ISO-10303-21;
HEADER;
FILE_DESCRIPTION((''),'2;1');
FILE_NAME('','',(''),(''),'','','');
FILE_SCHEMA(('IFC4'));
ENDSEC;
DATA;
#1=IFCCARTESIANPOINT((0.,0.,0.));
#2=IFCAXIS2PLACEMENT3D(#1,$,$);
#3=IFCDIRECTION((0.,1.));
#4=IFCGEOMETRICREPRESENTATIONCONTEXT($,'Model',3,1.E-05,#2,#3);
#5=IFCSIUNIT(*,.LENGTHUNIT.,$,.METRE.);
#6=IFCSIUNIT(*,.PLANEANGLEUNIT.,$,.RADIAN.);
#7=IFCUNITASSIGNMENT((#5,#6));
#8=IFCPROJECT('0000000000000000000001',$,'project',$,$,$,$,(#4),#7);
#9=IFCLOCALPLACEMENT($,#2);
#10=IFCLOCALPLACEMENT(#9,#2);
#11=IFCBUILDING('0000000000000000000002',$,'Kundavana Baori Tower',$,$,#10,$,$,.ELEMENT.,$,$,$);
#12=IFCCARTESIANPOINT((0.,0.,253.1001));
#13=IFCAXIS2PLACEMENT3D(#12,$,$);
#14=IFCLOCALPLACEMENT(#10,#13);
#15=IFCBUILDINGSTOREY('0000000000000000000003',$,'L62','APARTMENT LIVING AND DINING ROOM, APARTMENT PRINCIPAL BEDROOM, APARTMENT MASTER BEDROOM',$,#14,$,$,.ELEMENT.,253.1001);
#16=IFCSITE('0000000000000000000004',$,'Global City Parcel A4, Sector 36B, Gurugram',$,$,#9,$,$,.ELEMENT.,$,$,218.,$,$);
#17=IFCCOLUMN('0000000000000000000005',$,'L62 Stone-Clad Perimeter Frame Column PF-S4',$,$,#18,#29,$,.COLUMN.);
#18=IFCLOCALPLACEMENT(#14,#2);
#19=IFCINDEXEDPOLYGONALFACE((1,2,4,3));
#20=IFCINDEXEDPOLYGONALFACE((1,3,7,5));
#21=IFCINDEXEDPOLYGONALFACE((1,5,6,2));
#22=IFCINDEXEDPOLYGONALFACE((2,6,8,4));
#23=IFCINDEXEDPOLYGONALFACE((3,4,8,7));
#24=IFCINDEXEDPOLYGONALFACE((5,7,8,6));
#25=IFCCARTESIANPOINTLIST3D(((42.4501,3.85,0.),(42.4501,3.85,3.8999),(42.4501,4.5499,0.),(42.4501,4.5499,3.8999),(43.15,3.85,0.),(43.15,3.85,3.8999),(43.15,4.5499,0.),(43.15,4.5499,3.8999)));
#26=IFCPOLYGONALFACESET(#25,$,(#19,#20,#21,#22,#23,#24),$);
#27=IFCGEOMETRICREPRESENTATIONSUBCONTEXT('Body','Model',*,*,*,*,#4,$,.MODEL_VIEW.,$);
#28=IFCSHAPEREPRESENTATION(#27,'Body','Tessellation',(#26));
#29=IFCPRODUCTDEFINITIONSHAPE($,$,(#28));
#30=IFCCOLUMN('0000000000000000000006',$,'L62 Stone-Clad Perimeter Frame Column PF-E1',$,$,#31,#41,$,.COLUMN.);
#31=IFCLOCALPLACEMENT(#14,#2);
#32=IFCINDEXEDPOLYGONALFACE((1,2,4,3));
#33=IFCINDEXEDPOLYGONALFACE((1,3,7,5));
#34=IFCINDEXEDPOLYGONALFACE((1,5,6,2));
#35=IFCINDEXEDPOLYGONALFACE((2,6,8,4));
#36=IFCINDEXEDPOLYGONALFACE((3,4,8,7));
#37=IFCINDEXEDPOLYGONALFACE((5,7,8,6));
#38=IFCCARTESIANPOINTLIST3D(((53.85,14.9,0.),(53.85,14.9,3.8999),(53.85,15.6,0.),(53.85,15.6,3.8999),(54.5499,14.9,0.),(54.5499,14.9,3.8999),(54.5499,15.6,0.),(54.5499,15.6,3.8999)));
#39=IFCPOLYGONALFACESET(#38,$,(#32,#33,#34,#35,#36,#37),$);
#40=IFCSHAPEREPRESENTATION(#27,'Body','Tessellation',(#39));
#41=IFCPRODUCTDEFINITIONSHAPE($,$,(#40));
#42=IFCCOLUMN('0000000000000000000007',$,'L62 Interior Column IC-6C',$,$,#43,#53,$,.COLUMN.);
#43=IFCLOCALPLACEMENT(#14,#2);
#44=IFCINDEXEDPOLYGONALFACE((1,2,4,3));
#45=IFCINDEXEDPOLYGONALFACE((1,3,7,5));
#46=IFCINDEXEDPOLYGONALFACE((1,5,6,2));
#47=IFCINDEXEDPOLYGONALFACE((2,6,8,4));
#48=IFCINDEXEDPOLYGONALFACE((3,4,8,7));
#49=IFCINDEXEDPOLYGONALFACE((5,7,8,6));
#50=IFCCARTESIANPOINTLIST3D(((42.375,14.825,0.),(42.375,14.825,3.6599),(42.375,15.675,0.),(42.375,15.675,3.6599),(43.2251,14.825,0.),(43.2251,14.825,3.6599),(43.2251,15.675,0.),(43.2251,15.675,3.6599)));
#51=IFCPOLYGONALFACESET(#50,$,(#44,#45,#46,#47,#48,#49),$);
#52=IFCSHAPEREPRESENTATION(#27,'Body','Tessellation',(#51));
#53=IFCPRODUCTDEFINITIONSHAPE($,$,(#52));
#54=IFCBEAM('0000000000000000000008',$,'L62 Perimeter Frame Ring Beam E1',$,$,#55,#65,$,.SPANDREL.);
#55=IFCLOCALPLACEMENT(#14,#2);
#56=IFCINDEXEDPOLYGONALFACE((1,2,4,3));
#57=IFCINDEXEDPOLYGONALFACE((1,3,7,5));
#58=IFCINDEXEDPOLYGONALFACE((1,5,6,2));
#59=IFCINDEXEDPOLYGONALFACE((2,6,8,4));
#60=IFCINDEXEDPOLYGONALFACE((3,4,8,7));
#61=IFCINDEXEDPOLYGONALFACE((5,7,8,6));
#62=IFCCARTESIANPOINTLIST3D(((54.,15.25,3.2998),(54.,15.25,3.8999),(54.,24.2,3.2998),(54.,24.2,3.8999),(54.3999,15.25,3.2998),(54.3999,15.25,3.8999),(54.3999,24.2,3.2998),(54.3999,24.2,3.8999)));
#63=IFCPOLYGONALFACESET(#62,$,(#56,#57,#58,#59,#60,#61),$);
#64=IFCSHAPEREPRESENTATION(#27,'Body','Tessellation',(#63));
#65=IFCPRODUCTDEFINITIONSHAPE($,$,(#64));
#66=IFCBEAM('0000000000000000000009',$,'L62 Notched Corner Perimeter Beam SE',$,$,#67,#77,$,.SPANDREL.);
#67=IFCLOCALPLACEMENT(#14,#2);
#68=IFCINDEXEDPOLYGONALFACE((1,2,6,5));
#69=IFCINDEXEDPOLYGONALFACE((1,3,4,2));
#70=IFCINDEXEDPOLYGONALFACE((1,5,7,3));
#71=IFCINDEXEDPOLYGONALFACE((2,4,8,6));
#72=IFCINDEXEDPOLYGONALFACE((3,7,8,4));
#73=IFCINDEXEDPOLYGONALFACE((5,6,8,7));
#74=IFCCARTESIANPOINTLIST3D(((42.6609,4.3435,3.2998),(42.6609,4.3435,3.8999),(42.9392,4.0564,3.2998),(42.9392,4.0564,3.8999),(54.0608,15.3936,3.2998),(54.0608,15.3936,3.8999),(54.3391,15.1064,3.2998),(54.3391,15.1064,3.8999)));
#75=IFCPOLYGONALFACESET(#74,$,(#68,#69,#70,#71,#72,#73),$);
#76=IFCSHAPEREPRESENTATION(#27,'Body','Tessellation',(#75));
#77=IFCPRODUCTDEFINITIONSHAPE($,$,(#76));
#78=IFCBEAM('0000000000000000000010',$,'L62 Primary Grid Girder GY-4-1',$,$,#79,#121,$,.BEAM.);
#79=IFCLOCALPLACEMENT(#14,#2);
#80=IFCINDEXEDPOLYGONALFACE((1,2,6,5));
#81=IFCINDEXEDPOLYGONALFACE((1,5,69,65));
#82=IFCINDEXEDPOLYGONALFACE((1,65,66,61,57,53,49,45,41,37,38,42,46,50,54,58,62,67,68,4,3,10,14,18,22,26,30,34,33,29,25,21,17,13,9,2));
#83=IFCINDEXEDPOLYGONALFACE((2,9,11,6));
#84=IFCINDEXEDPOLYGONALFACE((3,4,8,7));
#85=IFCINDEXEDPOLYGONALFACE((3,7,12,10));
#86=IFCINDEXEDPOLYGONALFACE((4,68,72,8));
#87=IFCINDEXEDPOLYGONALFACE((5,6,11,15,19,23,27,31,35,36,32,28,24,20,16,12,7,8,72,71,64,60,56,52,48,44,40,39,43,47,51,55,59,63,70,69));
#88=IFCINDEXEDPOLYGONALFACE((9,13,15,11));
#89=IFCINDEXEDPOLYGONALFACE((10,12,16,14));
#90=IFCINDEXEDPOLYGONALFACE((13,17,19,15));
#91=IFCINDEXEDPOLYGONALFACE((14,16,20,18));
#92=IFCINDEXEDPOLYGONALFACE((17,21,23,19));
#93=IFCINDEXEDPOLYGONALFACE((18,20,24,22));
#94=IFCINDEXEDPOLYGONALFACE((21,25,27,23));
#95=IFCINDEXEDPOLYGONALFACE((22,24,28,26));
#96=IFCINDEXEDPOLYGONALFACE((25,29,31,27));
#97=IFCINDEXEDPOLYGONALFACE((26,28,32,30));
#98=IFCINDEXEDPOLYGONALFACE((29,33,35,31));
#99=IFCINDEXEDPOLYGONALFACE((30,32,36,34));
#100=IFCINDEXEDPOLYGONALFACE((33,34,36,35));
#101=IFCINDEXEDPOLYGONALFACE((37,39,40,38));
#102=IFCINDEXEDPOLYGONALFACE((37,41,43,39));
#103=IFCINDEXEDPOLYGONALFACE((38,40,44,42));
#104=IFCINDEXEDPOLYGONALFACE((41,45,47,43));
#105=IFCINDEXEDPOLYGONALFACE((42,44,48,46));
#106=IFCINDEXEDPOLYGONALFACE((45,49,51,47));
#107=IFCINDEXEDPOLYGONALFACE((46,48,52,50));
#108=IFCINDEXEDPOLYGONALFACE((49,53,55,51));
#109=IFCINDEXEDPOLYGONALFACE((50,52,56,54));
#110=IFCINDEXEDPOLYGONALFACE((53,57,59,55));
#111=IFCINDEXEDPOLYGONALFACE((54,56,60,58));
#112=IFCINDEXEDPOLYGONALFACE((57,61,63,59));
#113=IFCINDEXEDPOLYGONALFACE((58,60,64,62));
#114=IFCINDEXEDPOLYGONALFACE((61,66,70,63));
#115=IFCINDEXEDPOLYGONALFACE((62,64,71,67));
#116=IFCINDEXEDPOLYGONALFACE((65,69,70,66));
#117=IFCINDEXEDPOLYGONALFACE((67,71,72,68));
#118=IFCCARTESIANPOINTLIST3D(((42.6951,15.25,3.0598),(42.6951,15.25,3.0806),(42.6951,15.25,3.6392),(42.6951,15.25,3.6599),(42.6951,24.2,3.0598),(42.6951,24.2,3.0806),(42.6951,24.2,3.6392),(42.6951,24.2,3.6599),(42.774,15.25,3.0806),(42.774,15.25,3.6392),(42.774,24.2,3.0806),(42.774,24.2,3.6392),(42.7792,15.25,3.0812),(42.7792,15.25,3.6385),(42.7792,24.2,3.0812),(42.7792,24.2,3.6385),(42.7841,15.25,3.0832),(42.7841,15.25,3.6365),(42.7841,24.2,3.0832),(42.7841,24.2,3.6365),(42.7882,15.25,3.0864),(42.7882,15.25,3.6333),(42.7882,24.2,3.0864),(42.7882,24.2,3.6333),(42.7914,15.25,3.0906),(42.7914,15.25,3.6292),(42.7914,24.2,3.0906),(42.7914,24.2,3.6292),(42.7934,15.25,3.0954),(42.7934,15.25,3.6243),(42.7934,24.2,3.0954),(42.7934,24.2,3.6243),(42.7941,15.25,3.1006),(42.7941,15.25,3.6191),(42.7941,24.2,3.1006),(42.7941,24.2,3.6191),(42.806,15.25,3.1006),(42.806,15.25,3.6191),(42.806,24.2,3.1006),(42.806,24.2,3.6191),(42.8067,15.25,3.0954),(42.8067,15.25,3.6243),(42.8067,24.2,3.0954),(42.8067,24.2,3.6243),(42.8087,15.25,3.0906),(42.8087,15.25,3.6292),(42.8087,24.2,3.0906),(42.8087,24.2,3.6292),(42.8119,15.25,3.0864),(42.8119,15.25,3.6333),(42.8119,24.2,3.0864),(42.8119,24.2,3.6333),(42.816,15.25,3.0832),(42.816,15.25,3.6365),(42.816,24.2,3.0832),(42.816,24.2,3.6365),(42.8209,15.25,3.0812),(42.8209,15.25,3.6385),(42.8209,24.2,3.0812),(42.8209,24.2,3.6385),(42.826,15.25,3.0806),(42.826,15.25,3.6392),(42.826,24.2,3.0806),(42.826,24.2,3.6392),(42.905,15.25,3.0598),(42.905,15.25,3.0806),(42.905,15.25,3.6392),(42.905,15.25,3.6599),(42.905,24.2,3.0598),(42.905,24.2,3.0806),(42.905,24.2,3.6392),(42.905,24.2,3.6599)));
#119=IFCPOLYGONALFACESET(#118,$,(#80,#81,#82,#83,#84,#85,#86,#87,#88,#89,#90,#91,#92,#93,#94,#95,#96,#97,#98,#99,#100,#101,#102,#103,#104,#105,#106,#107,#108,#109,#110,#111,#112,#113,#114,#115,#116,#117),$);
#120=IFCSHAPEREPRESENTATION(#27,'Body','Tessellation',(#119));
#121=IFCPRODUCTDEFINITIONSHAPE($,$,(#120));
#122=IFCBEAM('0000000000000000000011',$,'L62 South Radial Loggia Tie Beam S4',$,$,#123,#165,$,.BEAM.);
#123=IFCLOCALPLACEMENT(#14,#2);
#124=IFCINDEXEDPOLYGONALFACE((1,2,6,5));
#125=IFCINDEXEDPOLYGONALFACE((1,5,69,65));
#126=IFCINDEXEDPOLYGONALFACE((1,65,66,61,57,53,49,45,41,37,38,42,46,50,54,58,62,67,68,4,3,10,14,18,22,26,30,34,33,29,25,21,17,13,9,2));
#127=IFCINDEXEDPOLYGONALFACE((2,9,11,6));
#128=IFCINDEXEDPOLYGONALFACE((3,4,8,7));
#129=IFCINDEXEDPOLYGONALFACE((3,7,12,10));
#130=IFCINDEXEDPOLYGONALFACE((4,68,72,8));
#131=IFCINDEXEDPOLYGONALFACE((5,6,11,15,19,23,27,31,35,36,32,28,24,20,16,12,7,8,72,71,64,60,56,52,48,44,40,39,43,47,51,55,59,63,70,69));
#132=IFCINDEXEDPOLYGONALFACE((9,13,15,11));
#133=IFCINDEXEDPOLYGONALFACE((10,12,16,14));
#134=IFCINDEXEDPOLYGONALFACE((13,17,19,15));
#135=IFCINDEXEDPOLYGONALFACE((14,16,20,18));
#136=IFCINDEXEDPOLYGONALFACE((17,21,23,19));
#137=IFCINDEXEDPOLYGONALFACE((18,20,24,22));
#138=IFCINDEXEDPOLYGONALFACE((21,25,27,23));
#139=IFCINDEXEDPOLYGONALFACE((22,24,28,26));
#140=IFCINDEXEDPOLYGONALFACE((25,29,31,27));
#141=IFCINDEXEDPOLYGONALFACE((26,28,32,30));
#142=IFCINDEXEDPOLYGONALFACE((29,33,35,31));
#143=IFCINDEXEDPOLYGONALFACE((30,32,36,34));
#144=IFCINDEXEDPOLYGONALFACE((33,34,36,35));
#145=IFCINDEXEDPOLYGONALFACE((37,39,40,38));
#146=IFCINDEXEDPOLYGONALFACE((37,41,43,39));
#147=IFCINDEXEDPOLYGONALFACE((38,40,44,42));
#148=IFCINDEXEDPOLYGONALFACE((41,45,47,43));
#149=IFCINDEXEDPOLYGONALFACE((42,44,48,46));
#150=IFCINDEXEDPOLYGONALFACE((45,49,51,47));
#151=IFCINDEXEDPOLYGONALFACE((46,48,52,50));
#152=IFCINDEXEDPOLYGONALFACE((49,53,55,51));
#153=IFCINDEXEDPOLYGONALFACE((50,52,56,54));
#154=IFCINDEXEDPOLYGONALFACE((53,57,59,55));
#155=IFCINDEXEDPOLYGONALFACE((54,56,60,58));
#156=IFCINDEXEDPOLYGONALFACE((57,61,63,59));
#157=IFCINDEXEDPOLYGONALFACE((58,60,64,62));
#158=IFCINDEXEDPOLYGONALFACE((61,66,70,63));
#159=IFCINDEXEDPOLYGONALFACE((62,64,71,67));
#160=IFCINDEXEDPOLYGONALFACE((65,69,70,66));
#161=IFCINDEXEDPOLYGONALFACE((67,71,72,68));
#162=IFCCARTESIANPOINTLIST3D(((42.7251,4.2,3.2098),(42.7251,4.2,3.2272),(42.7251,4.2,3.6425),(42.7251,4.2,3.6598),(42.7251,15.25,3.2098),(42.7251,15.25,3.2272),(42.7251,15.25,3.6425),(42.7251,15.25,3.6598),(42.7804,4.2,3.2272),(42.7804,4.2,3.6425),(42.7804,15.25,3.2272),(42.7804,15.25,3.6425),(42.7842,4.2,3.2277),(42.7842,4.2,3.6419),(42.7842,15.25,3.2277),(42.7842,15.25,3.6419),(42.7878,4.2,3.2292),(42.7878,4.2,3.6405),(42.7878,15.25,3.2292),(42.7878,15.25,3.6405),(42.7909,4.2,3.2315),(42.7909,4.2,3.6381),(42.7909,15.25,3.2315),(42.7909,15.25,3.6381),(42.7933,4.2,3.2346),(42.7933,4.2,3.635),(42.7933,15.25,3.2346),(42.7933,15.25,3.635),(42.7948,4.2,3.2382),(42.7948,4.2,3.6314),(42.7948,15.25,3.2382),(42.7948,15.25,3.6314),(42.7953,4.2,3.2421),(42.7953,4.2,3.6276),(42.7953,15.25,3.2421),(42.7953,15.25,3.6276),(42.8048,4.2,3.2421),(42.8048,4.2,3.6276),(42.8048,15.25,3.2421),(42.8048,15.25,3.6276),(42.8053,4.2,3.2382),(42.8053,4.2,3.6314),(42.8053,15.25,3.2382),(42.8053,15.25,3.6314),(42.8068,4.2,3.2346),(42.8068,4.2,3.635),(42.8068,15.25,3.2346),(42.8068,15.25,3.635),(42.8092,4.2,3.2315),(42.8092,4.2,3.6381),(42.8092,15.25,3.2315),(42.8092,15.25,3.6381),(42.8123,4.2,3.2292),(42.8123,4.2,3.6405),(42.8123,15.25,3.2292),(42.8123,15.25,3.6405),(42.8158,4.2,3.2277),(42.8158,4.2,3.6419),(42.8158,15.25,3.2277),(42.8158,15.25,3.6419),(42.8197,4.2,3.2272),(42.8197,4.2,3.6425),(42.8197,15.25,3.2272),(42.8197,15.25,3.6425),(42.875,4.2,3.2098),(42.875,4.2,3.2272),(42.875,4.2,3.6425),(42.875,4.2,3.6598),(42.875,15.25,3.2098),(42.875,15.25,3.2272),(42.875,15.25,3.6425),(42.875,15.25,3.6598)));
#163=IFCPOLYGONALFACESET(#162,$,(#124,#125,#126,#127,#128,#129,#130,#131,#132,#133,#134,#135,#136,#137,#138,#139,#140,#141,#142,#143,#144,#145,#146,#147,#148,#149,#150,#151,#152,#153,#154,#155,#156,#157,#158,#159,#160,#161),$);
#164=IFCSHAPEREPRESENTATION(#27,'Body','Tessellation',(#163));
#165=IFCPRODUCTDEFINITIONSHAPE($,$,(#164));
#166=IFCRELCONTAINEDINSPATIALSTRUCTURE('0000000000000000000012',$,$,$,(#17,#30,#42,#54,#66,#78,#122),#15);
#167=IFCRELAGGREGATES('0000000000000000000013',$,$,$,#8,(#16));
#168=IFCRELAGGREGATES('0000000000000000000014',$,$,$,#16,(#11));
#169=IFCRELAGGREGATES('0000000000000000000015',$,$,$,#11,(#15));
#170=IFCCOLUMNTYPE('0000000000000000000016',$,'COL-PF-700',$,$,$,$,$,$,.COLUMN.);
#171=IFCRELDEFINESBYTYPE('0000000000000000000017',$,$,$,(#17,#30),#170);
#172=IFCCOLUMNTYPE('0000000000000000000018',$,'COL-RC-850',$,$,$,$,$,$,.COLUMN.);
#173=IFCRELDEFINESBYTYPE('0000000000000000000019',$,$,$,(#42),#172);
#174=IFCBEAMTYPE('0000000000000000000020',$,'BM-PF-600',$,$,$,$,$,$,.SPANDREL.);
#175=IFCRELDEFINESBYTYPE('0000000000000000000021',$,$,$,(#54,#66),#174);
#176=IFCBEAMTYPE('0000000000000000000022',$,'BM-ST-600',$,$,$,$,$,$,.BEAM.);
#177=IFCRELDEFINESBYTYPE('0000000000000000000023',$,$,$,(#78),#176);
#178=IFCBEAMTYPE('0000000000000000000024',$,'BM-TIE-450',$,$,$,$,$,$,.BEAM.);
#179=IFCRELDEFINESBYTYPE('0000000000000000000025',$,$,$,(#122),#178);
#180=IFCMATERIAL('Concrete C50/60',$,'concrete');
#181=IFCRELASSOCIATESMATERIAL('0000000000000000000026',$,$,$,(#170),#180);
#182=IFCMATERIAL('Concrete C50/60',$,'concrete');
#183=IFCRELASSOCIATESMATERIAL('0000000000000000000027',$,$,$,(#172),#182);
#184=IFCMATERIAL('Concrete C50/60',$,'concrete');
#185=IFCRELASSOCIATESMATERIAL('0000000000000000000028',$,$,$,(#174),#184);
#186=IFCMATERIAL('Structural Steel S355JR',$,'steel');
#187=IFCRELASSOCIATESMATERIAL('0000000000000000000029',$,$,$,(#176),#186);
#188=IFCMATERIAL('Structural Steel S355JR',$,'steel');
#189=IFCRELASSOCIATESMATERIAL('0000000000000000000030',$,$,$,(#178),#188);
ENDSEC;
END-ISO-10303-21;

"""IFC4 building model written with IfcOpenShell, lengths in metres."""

from ifc_helpers import new_model, si_unit, direction, frame, origin, origin_2d, place, context, subcontext, project, spatial, rectangle, i_section, extrude, material, material_profile, profile_set, type_object, element, save


model = new_model("IFC4")

# Units and contexts
model_context = context("Model", 3, precision=1e-05, world=origin(), true_north=direction((0.0, 1.0)))
body_context = subcontext(model_context, "Body", "Model", "MODEL_VIEW")
ifc_project = project(units=[si_unit("LENGTHUNIT", "METRE"), si_unit("PLANEANGLEUNIT", "RADIAN")], contexts=[model_context])

# Site, building, storey
site_placement = place(None, origin())
site = spatial("IfcSite", under=ifc_project, at=site_placement, Name="Global City Parcel A4, Sector 36B, Gurugram", CompositionType="ELEMENT", RefElevation=218.0)
building_placement = place(site_placement, origin())
building = spatial("IfcBuilding", under=site, at=building_placement, Name="Kundavana Baori Tower", CompositionType="ELEMENT")
storey_placement = place(building_placement, frame((0.0, 0.0, 253.1001)))
storey = spatial("IfcBuildingStorey", under=building, at=storey_placement, Name="L62", Description="APARTMENT LIVING AND DINING ROOM, APARTMENT PRINCIPAL BEDROOM, APARTMENT MASTER BEDROOM", CompositionType="ELEMENT", Elevation=253.1001)

# Columns
ifc_material_1 = material(Name="Concrete C50/60", Category="concrete")
ifc_material_profile_1 = material_profile(ifc_material_1, rectangle(XDim=0.7, YDim=0.7, at=origin_2d()), Name="RC PF 700x700")
ifc_profile_set_1 = profile_set([ifc_material_profile_1], Name="Concrete C50/60")
column_type_1 = type_object("IfcColumnType", Name="COL-PF-700", PredefinedType="COLUMN", material=ifc_profile_set_1)
for number, where, z_axis, x_axis, name in (
    (1, (42.8, 4.2, 0.0), (0.0, 0.0, 1.0), (1.0, 0.0, 0.0), "L62 Stone-Clad Perimeter Frame Column PF-S4"),
    (2, (54.2, 15.25, 0.0), (0.0, 0.0, 1.0), (1.0, 0.0, 0.0), "L62 Stone-Clad Perimeter Frame Column PF-E1"),
):
    element("IfcColumn", number, at=place(storey_placement, frame(where, z_axis=z_axis, x_axis=x_axis)), inside=storey, type_object=column_type_1, Name=name, PredefinedType="COLUMN", context=body_context, shape_type="SweptSolid", body=[
        extrude(rectangle(XDim=0.7, YDim=0.7, at=origin_2d()), origin(), (0.0, 0.0, 1.0), 3.8999),
    ])
ifc_material_2 = material(Name="Concrete C50/60", Category="concrete")
ifc_material_profile_2 = material_profile(ifc_material_2, rectangle(XDim=0.8501, YDim=0.8501, at=origin_2d()), Name="RC 850x850")
ifc_profile_set_2 = profile_set([ifc_material_profile_2], Name="Concrete C50/60")
column_type_2 = type_object("IfcColumnType", Name="COL-RC-850", PredefinedType="COLUMN", material=ifc_profile_set_2)
column_placement = place(storey_placement, frame((42.8, 15.25, 0.0), z_axis=(0.0, 0.0, 1.0), x_axis=(1.0, 0.0, 0.0)))
element("IfcColumn", 3, at=column_placement, inside=storey, type_object=column_type_2, Name="L62 Interior Column IC-6C", PredefinedType="COLUMN", context=body_context, shape_type="SweptSolid", body=[
    extrude(rectangle(XDim=0.8501, YDim=0.8501, at=origin_2d()), origin(), (0.0, 0.0, 1.0), 3.6599),
])

# Beams
ifc_material_3 = material(Name="Concrete C50/60", Category="concrete")
ifc_material_profile_3 = material_profile(ifc_material_3, rectangle(XDim=0.3999, YDim=0.6001, at=origin_2d()), Name="RC BM 400x600")
ifc_profile_set_3 = profile_set([ifc_material_profile_3], Name="Concrete C50/60")
beam_type_1 = type_object("IfcBeamType", Name="BM-PF-600", PredefinedType="SPANDREL", material=ifc_profile_set_3)
beam_1_placement = place(storey_placement, frame((54.2, 15.25, 3.5999), z_axis=(0.0, 1.0, 0.0), x_axis=(-1.0, 0.0, 0.0)))
element("IfcBeam", 4, at=beam_1_placement, inside=storey, type_object=beam_type_1, Name="L62 Perimeter Frame Ring Beam E1", PredefinedType="SPANDREL", context=body_context, shape_type="SweptSolid", body=[
    extrude(rectangle(XDim=0.3999, YDim=0.6001, at=origin_2d()), origin(), (0.0, 0.0, 1.0), 8.95),
])
beam_2_placement = place(storey_placement, frame((42.8, 4.2, 3.5999), z_axis=(0.718039, 0.696003, 0.0), x_axis=(-0.696003, 0.718039, 0.0)))
element("IfcBeam", 5, at=beam_2_placement, inside=storey, type_object=beam_type_1, Name="L62 Notched Corner Perimeter Beam SE", PredefinedType="SPANDREL", context=body_context, shape_type="SweptSolid", body=[
    extrude(rectangle(XDim=0.3999, YDim=0.6001, at=origin_2d()), origin(), (0.0, 0.0, 1.0), 15.8765),
])
ifc_material_4 = material(Name="Structural Steel S355JR", Category="steel")
ifc_material_profile_4 = material_profile(ifc_material_4, i_section(OverallWidth=0.21, OverallDepth=0.6001, WebThickness=0.012, FlangeThickness=0.0208, FilletRadius=0.02, at=origin_2d()), Name="ISMB 600")
ifc_profile_set_4 = profile_set([ifc_material_profile_4], Name="Structural Steel S355JR")
beam_type_2 = type_object("IfcBeamType", Name="BM-ST-600", PredefinedType="BEAM", material=ifc_profile_set_4)
beam_3_placement = place(storey_placement, frame((42.8, 15.25, 3.3599), z_axis=(0.0, 1.0, 0.0), x_axis=(-1.0, 0.0, 0.0)))
element("IfcBeam", 6, at=beam_3_placement, inside=storey, type_object=beam_type_2, Name="L62 Primary Grid Girder GY-4-1", PredefinedType="BEAM", context=body_context, shape_type="SweptSolid", body=[
    extrude(i_section(OverallWidth=0.21, OverallDepth=0.6001, WebThickness=0.012, FlangeThickness=0.0208, FilletRadius=0.02, at=origin_2d()), origin(), (0.0, 0.0, 1.0), 8.95),
])
ifc_material_5 = material(Name="Structural Steel S355JR", Category="steel")
ifc_material_profile_5 = material_profile(ifc_material_5, i_section(OverallWidth=0.1499, OverallDepth=0.45, WebThickness=0.0095, FlangeThickness=0.0173, FilletRadius=0.0149, at=origin_2d()), Name="ISMB 450")
ifc_profile_set_5 = profile_set([ifc_material_profile_5], Name="Structural Steel S355JR")
beam_type_3 = type_object("IfcBeamType", Name="BM-TIE-450", PredefinedType="BEAM", material=ifc_profile_set_5)
beam_4_placement = place(storey_placement, frame((42.8, 15.25, 3.4348), z_axis=(0.0, -1.0, 0.0), x_axis=(1.0, 0.0, 0.0)))
element("IfcBeam", 7, at=beam_4_placement, inside=storey, type_object=beam_type_3, Name="L62 South Radial Loggia Tie Beam S4", PredefinedType="BEAM", context=body_context, shape_type="SweptSolid", body=[
    extrude(i_section(OverallWidth=0.1499, OverallDepth=0.45, WebThickness=0.0095, FlangeThickness=0.0173, FilletRadius=0.0149, at=origin_2d()), origin(), (0.0, 0.0, 1.0), 11.05),
])

save(model, "model.ifc")
